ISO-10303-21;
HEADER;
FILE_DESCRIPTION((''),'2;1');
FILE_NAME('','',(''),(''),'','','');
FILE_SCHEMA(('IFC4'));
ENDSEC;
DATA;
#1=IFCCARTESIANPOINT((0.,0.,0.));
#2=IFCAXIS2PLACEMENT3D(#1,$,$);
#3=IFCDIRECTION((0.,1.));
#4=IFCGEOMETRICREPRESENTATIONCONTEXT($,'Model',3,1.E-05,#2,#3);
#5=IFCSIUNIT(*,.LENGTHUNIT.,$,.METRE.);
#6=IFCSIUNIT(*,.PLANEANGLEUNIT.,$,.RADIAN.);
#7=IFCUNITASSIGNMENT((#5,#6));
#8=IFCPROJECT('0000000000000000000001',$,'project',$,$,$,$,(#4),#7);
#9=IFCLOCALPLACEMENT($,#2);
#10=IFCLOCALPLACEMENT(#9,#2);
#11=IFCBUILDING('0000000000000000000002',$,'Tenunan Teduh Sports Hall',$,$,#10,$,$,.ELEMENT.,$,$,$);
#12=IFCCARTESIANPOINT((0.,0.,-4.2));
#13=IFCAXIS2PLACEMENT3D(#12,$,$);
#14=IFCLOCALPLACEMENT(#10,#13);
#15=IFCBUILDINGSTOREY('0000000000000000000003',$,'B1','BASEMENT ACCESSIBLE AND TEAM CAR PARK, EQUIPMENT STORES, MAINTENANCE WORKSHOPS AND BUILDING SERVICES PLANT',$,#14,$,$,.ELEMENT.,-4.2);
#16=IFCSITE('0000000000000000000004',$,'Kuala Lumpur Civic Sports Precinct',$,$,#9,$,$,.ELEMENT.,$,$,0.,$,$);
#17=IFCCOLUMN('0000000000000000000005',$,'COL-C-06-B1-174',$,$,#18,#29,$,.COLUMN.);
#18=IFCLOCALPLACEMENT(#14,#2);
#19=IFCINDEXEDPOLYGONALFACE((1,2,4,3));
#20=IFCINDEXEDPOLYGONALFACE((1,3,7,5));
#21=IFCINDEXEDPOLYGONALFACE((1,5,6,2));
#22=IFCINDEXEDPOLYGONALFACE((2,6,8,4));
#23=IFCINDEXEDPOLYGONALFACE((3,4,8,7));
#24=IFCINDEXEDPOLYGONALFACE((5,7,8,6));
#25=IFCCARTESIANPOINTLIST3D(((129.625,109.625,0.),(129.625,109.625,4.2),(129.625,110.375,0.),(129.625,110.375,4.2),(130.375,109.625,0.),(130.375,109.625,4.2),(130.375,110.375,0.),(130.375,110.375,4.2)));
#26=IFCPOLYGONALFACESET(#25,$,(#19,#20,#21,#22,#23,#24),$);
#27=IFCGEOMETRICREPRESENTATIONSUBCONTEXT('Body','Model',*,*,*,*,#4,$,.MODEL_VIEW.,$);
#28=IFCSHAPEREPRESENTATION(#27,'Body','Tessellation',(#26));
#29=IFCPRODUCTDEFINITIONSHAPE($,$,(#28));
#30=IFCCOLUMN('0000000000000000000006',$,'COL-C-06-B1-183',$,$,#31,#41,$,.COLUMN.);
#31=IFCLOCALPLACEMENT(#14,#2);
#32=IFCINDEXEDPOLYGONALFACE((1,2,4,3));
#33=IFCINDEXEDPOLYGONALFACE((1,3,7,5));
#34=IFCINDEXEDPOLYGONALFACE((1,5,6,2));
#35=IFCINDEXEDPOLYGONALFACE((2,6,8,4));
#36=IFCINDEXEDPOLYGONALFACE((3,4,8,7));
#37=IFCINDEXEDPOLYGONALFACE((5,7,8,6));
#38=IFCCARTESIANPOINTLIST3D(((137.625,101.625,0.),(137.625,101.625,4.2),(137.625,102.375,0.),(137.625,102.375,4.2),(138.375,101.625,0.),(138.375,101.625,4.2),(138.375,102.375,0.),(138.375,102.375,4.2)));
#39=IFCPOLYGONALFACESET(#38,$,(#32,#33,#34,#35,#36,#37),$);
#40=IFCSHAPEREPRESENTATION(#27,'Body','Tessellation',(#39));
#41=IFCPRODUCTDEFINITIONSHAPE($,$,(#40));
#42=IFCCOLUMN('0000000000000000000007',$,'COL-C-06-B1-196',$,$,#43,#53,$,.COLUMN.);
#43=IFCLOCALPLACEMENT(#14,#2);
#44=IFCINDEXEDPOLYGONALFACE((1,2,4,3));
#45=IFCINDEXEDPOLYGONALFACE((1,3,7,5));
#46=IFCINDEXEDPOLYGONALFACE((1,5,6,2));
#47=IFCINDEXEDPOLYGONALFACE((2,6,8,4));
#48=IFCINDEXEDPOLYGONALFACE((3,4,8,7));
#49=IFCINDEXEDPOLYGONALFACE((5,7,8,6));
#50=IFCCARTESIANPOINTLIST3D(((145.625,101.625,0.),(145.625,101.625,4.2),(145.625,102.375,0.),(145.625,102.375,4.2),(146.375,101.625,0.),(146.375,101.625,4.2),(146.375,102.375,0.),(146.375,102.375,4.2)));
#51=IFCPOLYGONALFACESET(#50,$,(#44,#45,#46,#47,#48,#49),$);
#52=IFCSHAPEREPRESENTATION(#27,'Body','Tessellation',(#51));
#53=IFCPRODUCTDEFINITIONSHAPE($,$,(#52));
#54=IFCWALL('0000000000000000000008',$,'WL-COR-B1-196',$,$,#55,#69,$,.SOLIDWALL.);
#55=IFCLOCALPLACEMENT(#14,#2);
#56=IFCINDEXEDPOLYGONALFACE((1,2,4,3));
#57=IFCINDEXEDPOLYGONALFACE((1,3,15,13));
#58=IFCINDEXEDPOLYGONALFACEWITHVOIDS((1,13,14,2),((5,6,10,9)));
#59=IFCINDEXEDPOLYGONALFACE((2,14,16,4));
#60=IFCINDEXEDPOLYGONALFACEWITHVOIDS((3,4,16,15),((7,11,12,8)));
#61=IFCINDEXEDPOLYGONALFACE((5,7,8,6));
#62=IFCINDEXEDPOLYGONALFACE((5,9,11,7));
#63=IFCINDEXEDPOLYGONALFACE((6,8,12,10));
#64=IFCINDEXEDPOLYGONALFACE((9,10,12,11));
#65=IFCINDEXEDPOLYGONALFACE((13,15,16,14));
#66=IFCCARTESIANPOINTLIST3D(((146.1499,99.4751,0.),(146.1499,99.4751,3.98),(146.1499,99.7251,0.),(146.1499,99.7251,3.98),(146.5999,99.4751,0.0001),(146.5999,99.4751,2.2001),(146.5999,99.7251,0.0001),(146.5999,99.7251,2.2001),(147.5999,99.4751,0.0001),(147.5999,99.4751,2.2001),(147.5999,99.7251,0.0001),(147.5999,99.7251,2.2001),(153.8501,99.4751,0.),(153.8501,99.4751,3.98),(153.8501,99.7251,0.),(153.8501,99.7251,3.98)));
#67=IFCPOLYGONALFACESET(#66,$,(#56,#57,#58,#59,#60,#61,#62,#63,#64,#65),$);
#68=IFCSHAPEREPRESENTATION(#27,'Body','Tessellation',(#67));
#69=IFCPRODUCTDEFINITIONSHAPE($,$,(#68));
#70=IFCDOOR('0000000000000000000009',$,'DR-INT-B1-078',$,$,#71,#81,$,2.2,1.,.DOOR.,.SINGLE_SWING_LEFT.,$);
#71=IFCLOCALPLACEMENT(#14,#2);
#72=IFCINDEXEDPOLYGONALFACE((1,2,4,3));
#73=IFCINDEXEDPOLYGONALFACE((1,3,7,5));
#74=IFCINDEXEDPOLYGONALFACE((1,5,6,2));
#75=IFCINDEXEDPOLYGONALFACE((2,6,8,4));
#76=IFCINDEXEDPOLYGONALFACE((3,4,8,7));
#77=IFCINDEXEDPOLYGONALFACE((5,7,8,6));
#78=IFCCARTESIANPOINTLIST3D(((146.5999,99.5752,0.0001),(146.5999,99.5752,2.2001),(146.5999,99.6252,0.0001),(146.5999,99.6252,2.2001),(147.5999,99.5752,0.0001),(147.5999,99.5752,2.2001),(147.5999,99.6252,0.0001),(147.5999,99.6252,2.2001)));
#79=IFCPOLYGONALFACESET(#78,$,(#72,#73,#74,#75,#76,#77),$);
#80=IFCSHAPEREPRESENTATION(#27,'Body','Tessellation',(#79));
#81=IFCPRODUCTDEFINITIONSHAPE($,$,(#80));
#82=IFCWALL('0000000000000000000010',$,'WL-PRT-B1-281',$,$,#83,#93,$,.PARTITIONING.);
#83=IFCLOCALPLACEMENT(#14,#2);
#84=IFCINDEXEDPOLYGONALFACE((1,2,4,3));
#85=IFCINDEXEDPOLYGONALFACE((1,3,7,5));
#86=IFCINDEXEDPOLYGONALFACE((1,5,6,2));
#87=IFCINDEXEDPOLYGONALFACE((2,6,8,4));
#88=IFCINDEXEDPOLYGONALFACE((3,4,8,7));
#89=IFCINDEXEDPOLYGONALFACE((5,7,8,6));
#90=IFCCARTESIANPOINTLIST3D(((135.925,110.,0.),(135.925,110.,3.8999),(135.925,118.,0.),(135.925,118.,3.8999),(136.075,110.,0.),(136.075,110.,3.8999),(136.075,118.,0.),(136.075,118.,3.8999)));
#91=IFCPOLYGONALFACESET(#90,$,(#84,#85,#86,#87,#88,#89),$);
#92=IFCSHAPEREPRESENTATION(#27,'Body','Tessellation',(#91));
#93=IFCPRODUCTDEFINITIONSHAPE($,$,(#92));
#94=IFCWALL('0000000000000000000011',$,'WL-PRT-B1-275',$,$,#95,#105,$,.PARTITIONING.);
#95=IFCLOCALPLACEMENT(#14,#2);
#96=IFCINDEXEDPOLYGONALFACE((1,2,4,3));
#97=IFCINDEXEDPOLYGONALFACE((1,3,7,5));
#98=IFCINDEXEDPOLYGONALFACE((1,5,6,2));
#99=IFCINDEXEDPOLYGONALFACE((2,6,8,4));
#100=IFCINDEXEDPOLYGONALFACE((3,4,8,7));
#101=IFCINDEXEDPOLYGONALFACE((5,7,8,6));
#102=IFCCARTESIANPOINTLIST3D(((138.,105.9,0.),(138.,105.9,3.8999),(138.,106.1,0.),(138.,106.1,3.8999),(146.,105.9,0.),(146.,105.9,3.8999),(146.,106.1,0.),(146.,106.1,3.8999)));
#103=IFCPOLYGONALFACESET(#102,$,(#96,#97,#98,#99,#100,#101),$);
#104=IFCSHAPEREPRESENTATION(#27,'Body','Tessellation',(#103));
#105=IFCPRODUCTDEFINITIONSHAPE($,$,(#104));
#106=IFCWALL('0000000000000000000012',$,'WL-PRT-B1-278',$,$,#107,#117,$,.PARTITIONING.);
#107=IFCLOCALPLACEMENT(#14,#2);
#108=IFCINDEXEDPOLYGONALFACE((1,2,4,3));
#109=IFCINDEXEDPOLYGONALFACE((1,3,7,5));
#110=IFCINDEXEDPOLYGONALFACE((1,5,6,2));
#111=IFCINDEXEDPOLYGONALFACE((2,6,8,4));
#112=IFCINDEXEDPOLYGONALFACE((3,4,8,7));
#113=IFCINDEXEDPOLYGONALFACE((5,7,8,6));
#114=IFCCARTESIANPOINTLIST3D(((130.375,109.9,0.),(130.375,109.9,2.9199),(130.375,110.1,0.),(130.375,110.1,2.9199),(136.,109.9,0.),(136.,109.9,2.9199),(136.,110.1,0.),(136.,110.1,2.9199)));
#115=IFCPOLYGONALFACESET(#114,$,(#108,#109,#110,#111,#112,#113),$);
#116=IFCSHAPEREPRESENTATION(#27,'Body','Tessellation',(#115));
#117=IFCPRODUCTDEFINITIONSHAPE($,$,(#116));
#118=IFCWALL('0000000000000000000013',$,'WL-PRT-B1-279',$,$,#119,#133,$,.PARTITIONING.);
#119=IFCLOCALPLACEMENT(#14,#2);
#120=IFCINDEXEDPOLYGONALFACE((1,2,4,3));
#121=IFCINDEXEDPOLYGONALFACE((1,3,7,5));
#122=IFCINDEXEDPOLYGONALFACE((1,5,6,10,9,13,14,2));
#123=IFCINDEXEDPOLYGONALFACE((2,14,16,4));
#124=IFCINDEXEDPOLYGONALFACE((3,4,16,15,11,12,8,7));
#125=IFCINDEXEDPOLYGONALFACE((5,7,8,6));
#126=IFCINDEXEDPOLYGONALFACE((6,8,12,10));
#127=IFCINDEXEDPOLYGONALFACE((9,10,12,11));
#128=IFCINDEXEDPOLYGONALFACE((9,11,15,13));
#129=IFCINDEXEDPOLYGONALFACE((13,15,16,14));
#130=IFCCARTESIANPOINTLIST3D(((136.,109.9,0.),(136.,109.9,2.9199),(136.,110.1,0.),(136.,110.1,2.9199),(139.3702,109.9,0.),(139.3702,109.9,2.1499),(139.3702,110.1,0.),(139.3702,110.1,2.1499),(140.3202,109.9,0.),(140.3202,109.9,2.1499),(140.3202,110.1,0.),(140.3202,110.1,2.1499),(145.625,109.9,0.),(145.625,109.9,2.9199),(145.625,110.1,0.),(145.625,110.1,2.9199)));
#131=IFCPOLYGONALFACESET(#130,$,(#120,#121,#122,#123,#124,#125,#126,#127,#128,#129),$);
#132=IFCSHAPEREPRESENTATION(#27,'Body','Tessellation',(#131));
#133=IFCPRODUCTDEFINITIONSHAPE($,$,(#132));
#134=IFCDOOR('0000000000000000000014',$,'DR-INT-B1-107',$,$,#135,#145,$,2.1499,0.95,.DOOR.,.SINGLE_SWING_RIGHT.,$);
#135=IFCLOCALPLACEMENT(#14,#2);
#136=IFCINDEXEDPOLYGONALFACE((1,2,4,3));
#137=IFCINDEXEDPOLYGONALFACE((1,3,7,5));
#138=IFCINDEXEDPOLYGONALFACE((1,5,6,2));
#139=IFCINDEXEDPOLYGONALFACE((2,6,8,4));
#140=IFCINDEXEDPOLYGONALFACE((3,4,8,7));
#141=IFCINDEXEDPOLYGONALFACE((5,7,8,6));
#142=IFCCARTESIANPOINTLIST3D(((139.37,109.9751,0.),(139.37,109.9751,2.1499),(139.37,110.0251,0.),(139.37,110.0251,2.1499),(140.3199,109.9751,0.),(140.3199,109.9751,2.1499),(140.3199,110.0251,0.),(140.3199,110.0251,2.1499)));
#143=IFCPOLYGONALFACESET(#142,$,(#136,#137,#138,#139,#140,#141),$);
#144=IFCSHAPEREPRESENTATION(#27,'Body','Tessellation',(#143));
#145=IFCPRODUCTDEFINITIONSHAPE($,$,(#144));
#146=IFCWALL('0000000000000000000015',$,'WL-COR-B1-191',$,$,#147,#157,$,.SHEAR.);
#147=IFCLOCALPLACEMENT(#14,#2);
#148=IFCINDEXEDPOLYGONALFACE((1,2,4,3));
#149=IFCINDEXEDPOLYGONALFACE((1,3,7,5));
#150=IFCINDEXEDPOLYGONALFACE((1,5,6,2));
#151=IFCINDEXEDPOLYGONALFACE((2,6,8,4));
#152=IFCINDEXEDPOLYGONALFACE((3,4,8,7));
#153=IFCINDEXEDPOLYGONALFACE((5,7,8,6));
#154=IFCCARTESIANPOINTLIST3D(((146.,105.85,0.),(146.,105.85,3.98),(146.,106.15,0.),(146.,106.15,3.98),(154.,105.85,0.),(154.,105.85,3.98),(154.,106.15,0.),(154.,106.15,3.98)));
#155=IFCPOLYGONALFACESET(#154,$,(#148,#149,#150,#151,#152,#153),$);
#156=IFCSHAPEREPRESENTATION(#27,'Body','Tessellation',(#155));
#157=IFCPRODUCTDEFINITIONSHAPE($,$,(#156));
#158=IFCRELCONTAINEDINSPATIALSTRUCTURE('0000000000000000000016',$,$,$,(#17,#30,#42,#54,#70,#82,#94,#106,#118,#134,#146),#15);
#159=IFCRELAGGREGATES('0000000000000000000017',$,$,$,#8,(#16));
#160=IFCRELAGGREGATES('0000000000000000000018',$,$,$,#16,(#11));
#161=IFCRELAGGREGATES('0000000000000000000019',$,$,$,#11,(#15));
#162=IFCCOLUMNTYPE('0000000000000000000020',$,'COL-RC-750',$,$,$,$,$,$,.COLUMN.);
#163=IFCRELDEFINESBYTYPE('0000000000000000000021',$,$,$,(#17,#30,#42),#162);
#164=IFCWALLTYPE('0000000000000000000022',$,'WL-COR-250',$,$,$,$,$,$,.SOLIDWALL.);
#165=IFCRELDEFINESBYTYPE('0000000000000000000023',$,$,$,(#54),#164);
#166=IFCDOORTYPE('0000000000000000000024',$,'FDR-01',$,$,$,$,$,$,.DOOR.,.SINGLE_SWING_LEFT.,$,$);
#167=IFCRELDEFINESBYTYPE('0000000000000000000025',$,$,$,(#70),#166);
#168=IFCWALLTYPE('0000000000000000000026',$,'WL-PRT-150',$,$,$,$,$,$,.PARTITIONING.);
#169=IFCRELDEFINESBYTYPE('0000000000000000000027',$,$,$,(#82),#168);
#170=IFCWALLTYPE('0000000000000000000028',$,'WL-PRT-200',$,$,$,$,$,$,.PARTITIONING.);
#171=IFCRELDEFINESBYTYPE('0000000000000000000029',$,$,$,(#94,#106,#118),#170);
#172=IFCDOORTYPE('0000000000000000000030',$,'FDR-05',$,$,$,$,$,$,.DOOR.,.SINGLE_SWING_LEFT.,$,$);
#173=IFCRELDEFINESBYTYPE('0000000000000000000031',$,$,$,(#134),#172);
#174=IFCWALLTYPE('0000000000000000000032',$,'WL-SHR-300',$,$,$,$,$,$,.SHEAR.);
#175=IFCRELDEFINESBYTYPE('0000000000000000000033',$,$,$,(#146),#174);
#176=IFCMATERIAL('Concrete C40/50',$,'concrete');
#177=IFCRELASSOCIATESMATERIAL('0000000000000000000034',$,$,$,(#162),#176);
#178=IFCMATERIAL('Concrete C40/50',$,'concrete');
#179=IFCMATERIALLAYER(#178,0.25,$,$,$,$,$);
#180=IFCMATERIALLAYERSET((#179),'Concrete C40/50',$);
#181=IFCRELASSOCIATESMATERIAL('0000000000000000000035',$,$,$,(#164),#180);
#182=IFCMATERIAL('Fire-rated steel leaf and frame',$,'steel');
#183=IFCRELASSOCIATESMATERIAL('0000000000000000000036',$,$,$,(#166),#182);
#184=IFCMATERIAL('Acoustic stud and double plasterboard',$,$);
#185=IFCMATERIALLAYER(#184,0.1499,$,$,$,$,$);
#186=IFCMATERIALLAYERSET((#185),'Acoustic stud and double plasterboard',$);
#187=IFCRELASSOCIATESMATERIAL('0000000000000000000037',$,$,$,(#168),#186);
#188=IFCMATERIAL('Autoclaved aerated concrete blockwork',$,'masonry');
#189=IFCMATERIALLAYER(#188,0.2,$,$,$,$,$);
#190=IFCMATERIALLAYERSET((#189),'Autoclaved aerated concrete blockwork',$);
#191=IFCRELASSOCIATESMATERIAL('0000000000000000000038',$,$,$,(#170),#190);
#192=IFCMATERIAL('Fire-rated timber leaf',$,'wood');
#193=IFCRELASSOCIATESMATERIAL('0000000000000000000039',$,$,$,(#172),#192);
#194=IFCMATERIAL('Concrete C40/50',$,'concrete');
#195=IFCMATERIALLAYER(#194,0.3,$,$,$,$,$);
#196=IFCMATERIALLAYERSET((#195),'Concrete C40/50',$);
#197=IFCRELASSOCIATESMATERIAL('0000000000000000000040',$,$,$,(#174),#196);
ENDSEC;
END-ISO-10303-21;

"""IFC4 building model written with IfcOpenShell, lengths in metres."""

from ifc_helpers import new_model, si_unit, direction, frame, frame_2d, origin, origin_2d, place, context, subcontext, project, spatial, rectangle, extrude, material, layer, layer_set, material_profile, profile_set, type_object, element, fill, save


model = new_model("IFC4")

# Units and contexts
model_context = context("Model", 3, precision=1e-05, world=origin(), true_north=direction((0.0, 1.0)))
body_context = subcontext(model_context, "Body", "Model", "MODEL_VIEW")
ifc_project = project(units=[si_unit("LENGTHUNIT", "METRE"), si_unit("PLANEANGLEUNIT", "RADIAN")], contexts=[model_context])

# Site, building, storey
site_placement = place(None, origin())
site = spatial("IfcSite", under=ifc_project, at=site_placement, Name="Kuala Lumpur Civic Sports Precinct", CompositionType="ELEMENT", RefElevation=0.0)
building_placement = place(site_placement, origin())
building = spatial("IfcBuilding", under=site, at=building_placement, Name="Tenunan Teduh Sports Hall", CompositionType="ELEMENT")
storey_placement = place(building_placement, frame((0.0, 0.0, -4.2)))
storey = spatial("IfcBuildingStorey", under=building, at=storey_placement, Name="B1", Description="BASEMENT ACCESSIBLE AND TEAM CAR PARK, EQUIPMENT STORES, MAINTENANCE WORKSHOPS AND BUILDING SERVICES PLANT", CompositionType="ELEMENT", Elevation=-4.2)

# Columns
ifc_material_1 = material(Name="Concrete C40/50", Category="concrete")
ifc_material_profile_1 = material_profile(ifc_material_1, rectangle(XDim=0.75, YDim=0.75, at=origin_2d()), Name="RC 750x750")
ifc_profile_set_1 = profile_set([ifc_material_profile_1], Name="Concrete C40/50")
column_type = type_object("IfcColumnType", Name="COL-RC-750", PredefinedType="COLUMN", material=ifc_profile_set_1)
for number, where, z_axis, x_axis, name in (
    (1, (130.0, 110.0, 0.0), (0.0, 0.0, 1.0), (1.0, 0.0, 0.0), "COL-C-06-B1-174"),
    (2, (138.0, 102.0, 0.0), (0.0, 0.0, 1.0), (1.0, 0.0, 0.0), "COL-C-06-B1-183"),
    (3, (146.0, 102.0, 0.0), (0.0, 0.0, 1.0), (1.0, 0.0, 0.0), "COL-C-06-B1-196"),
):
    element("IfcColumn", number, at=place(storey_placement, frame(where, z_axis=z_axis, x_axis=x_axis)), inside=storey, type_object=column_type, Name=name, PredefinedType="COLUMN", context=body_context, shape_type="SweptSolid", body=[
        extrude(rectangle(XDim=0.75, YDim=0.75, at=origin_2d()), origin(), (0.0, 0.0, 1.0), 4.2),
    ])

# Wall, opening, door
ifc_material_2 = material(Name="Concrete C40/50", Category="concrete")
ifc_layer_1 = layer(ifc_material_2, 0.25)
ifc_layer_set_1 = layer_set([ifc_layer_1], Name="Concrete C40/50")
wall_type_1 = type_object("IfcWallType", Name="WL-COR-250", PredefinedType="SOLIDWALL", material=ifc_layer_set_1)
wall_1_placement = place(storey_placement, frame((146.1499, 99.6001, 0.0), z_axis=(0.0, 0.0, 1.0), x_axis=(1.0, 0.0, 0.0)))
wall_1 = element("IfcWall", 4, at=wall_1_placement, inside=storey, type_object=wall_type_1, Name="WL-COR-B1-196", PredefinedType="SOLIDWALL", context=body_context, shape_type="SweptSolid", body=[
    extrude(rectangle(XDim=7.7002, YDim=0.25, at=frame_2d((3.8501, 0.0))), origin(), (0.0, 0.0, 1.0), 3.98),
])
opening_1_placement = place(wall_1_placement, frame((0.45, 0.0, 0.0)))
opening_1 = element("IfcOpeningElement", 5, at=opening_1_placement, cuts=wall_1, PredefinedType="OPENING", context=body_context, shape_type="SweptSolid", body=[
    extrude(rectangle(XDim=1.0, YDim=2.2, at=frame_2d((0.5, 1.1001))), frame((0.0, 0.135, 0.0), z_axis=(0.0, -1.0, 0.0), x_axis=(1.0, 0.0, 0.0)), (0.0, 0.0, 1.0), 0.27),
])
ifc_material_3 = material(Name="Fire-rated steel leaf and frame", Category="steel")
door_type_1 = type_object("IfcDoorType", Name="FDR-01", OperationType="SINGLE_SWING_LEFT", PredefinedType="DOOR", material=ifc_material_3)
door_1_placement = place(opening_1_placement, frame((1.0, 0.0, 0.0), z_axis=(0.0, 0.0, 1.0), x_axis=(-1.0, 0.0, 0.0)))
door_1 = element("IfcDoor", 6, at=door_1_placement, inside=storey, type_object=door_type_1, Name="DR-INT-B1-078", OperationType="SINGLE_SWING_LEFT", OverallHeight=2.2, OverallWidth=1.0, PredefinedType="DOOR", context=body_context, shape_type="SweptSolid", body=[
    extrude(rectangle(XDim=1.0, YDim=2.2, at=frame_2d((0.5, 1.1001))), frame((0.0, 0.0249, 0.0), z_axis=(0.0, -1.0, 0.0), x_axis=(1.0, 0.0, 0.0)), (0.0, 0.0, 1.0), 0.05),
])
fill(opening_1, door_1)

# Walls
ifc_material_4 = material(Name="Acoustic stud and double plasterboard")
ifc_layer_2 = layer(ifc_material_4, 0.1499)
ifc_layer_set_2 = layer_set([ifc_layer_2], Name="Acoustic stud and double plasterboard")
wall_type_2 = type_object("IfcWallType", Name="WL-PRT-150", PredefinedType="PARTITIONING", material=ifc_layer_set_2)
wall_2_placement = place(storey_placement, frame((136.0, 110.0, 0.0), z_axis=(0.0, 0.0, 1.0), x_axis=(0.0, 1.0, 0.0)))
element("IfcWall", 7, at=wall_2_placement, inside=storey, type_object=wall_type_2, Name="WL-PRT-B1-281", PredefinedType="PARTITIONING", context=body_context, shape_type="SweptSolid", body=[
    extrude(rectangle(XDim=8.0, YDim=0.1499, at=frame_2d((4.0, 0.0))), origin(), (0.0, 0.0, 1.0), 3.8999),
])
ifc_material_5 = material(Name="Autoclaved aerated concrete blockwork", Category="masonry")
ifc_layer_3 = layer(ifc_material_5, 0.2)
ifc_layer_set_3 = layer_set([ifc_layer_3], Name="Autoclaved aerated concrete blockwork")
wall_type_3 = type_object("IfcWallType", Name="WL-PRT-200", PredefinedType="PARTITIONING", material=ifc_layer_set_3)
wall_3_placement = place(storey_placement, frame((138.0, 106.0, 0.0), z_axis=(0.0, 0.0, 1.0), x_axis=(1.0, 0.0, 0.0)))
element("IfcWall", 8, at=wall_3_placement, inside=storey, type_object=wall_type_3, Name="WL-PRT-B1-275", PredefinedType="PARTITIONING", context=body_context, shape_type="SweptSolid", body=[
    extrude(rectangle(XDim=8.0, YDim=0.2, at=frame_2d((4.0, 0.0))), origin(), (0.0, 0.0, 1.0), 3.8999),
])
wall_4_placement = place(storey_placement, frame((130.375, 110.0, 0.0), z_axis=(0.0, 0.0, 1.0), x_axis=(1.0, 0.0, 0.0)))
element("IfcWall", 9, at=wall_4_placement, inside=storey, type_object=wall_type_3, Name="WL-PRT-B1-278", PredefinedType="PARTITIONING", context=body_context, shape_type="SweptSolid", body=[
    extrude(rectangle(XDim=5.625, YDim=0.2, at=frame_2d((2.8125, 0.0))), origin(), (0.0, 0.0, 1.0), 2.9199),
])

# Wall, opening, door
wall_5_placement = place(storey_placement, frame((136.0, 110.0, 0.0), z_axis=(0.0, 0.0, 1.0), x_axis=(1.0, 0.0, 0.0)))
wall_5 = element("IfcWall", 10, at=wall_5_placement, inside=storey, type_object=wall_type_3, Name="WL-PRT-B1-279", PredefinedType="PARTITIONING", context=body_context, shape_type="SweptSolid", body=[
    extrude(rectangle(XDim=9.625, YDim=0.2, at=frame_2d((4.8125, 0.0))), origin(), (0.0, 0.0, 1.0), 2.9199),
])
opening_2_placement = place(wall_5_placement, frame((3.3701, 0.0, 0.0)))
opening_2 = element("IfcOpeningElement", 11, at=opening_2_placement, cuts=wall_5, PredefinedType="OPENING", context=body_context, shape_type="SweptSolid", body=[
    extrude(rectangle(XDim=0.95, YDim=2.1499, at=frame_2d((0.4751, 1.075))), frame((0.0, 0.1099, 0.0), z_axis=(0.0, -1.0, 0.0), x_axis=(1.0, 0.0, 0.0)), (0.0, 0.0, 1.0), 0.22),
])
ifc_material_6 = material(Name="Fire-rated timber leaf", Category="wood")
door_type_2 = type_object("IfcDoorType", Name="FDR-05", OperationType="SINGLE_SWING_LEFT", PredefinedType="DOOR", material=ifc_material_6)
door_2_placement = place(opening_2_placement, frame((0.95, 0.0, 0.0), z_axis=(0.0, 0.0, 1.0), x_axis=(-1.0, 0.0, 0.0)))
door_2 = element("IfcDoor", 12, at=door_2_placement, inside=storey, type_object=door_type_2, Name="DR-INT-B1-107", OperationType="SINGLE_SWING_RIGHT", OverallHeight=2.1499, OverallWidth=0.95, PredefinedType="DOOR", context=body_context, shape_type="SweptSolid", body=[
    extrude(rectangle(XDim=0.95, YDim=2.1499, at=frame_2d((0.4751, 1.075))), frame((0.0, 0.0249, 0.0), z_axis=(0.0, -1.0, 0.0), x_axis=(1.0, 0.0, 0.0)), (0.0, 0.0, 1.0), 0.05),
])
fill(opening_2, door_2)

# Wall
ifc_material_7 = material(Name="Concrete C40/50", Category="concrete")
ifc_layer_4 = layer(ifc_material_7, 0.3)
ifc_layer_set_4 = layer_set([ifc_layer_4], Name="Concrete C40/50")
wall_type_4 = type_object("IfcWallType", Name="WL-SHR-300", PredefinedType="SHEAR", material=ifc_layer_set_4)
wall_6_placement = place(storey_placement, frame((146.0, 106.0, 0.0), z_axis=(0.0, 0.0, 1.0), x_axis=(1.0, 0.0, 0.0)))
element("IfcWall", 13, at=wall_6_placement, inside=storey, type_object=wall_type_4, Name="WL-COR-B1-191", PredefinedType="SHEAR", context=body_context, shape_type="SweptSolid", body=[
    extrude(rectangle(XDim=8.0, YDim=0.3, at=frame_2d((4.0, 0.0))), origin(), (0.0, 0.0, 1.0), 3.98),
])

save(model, "model.ifc")
